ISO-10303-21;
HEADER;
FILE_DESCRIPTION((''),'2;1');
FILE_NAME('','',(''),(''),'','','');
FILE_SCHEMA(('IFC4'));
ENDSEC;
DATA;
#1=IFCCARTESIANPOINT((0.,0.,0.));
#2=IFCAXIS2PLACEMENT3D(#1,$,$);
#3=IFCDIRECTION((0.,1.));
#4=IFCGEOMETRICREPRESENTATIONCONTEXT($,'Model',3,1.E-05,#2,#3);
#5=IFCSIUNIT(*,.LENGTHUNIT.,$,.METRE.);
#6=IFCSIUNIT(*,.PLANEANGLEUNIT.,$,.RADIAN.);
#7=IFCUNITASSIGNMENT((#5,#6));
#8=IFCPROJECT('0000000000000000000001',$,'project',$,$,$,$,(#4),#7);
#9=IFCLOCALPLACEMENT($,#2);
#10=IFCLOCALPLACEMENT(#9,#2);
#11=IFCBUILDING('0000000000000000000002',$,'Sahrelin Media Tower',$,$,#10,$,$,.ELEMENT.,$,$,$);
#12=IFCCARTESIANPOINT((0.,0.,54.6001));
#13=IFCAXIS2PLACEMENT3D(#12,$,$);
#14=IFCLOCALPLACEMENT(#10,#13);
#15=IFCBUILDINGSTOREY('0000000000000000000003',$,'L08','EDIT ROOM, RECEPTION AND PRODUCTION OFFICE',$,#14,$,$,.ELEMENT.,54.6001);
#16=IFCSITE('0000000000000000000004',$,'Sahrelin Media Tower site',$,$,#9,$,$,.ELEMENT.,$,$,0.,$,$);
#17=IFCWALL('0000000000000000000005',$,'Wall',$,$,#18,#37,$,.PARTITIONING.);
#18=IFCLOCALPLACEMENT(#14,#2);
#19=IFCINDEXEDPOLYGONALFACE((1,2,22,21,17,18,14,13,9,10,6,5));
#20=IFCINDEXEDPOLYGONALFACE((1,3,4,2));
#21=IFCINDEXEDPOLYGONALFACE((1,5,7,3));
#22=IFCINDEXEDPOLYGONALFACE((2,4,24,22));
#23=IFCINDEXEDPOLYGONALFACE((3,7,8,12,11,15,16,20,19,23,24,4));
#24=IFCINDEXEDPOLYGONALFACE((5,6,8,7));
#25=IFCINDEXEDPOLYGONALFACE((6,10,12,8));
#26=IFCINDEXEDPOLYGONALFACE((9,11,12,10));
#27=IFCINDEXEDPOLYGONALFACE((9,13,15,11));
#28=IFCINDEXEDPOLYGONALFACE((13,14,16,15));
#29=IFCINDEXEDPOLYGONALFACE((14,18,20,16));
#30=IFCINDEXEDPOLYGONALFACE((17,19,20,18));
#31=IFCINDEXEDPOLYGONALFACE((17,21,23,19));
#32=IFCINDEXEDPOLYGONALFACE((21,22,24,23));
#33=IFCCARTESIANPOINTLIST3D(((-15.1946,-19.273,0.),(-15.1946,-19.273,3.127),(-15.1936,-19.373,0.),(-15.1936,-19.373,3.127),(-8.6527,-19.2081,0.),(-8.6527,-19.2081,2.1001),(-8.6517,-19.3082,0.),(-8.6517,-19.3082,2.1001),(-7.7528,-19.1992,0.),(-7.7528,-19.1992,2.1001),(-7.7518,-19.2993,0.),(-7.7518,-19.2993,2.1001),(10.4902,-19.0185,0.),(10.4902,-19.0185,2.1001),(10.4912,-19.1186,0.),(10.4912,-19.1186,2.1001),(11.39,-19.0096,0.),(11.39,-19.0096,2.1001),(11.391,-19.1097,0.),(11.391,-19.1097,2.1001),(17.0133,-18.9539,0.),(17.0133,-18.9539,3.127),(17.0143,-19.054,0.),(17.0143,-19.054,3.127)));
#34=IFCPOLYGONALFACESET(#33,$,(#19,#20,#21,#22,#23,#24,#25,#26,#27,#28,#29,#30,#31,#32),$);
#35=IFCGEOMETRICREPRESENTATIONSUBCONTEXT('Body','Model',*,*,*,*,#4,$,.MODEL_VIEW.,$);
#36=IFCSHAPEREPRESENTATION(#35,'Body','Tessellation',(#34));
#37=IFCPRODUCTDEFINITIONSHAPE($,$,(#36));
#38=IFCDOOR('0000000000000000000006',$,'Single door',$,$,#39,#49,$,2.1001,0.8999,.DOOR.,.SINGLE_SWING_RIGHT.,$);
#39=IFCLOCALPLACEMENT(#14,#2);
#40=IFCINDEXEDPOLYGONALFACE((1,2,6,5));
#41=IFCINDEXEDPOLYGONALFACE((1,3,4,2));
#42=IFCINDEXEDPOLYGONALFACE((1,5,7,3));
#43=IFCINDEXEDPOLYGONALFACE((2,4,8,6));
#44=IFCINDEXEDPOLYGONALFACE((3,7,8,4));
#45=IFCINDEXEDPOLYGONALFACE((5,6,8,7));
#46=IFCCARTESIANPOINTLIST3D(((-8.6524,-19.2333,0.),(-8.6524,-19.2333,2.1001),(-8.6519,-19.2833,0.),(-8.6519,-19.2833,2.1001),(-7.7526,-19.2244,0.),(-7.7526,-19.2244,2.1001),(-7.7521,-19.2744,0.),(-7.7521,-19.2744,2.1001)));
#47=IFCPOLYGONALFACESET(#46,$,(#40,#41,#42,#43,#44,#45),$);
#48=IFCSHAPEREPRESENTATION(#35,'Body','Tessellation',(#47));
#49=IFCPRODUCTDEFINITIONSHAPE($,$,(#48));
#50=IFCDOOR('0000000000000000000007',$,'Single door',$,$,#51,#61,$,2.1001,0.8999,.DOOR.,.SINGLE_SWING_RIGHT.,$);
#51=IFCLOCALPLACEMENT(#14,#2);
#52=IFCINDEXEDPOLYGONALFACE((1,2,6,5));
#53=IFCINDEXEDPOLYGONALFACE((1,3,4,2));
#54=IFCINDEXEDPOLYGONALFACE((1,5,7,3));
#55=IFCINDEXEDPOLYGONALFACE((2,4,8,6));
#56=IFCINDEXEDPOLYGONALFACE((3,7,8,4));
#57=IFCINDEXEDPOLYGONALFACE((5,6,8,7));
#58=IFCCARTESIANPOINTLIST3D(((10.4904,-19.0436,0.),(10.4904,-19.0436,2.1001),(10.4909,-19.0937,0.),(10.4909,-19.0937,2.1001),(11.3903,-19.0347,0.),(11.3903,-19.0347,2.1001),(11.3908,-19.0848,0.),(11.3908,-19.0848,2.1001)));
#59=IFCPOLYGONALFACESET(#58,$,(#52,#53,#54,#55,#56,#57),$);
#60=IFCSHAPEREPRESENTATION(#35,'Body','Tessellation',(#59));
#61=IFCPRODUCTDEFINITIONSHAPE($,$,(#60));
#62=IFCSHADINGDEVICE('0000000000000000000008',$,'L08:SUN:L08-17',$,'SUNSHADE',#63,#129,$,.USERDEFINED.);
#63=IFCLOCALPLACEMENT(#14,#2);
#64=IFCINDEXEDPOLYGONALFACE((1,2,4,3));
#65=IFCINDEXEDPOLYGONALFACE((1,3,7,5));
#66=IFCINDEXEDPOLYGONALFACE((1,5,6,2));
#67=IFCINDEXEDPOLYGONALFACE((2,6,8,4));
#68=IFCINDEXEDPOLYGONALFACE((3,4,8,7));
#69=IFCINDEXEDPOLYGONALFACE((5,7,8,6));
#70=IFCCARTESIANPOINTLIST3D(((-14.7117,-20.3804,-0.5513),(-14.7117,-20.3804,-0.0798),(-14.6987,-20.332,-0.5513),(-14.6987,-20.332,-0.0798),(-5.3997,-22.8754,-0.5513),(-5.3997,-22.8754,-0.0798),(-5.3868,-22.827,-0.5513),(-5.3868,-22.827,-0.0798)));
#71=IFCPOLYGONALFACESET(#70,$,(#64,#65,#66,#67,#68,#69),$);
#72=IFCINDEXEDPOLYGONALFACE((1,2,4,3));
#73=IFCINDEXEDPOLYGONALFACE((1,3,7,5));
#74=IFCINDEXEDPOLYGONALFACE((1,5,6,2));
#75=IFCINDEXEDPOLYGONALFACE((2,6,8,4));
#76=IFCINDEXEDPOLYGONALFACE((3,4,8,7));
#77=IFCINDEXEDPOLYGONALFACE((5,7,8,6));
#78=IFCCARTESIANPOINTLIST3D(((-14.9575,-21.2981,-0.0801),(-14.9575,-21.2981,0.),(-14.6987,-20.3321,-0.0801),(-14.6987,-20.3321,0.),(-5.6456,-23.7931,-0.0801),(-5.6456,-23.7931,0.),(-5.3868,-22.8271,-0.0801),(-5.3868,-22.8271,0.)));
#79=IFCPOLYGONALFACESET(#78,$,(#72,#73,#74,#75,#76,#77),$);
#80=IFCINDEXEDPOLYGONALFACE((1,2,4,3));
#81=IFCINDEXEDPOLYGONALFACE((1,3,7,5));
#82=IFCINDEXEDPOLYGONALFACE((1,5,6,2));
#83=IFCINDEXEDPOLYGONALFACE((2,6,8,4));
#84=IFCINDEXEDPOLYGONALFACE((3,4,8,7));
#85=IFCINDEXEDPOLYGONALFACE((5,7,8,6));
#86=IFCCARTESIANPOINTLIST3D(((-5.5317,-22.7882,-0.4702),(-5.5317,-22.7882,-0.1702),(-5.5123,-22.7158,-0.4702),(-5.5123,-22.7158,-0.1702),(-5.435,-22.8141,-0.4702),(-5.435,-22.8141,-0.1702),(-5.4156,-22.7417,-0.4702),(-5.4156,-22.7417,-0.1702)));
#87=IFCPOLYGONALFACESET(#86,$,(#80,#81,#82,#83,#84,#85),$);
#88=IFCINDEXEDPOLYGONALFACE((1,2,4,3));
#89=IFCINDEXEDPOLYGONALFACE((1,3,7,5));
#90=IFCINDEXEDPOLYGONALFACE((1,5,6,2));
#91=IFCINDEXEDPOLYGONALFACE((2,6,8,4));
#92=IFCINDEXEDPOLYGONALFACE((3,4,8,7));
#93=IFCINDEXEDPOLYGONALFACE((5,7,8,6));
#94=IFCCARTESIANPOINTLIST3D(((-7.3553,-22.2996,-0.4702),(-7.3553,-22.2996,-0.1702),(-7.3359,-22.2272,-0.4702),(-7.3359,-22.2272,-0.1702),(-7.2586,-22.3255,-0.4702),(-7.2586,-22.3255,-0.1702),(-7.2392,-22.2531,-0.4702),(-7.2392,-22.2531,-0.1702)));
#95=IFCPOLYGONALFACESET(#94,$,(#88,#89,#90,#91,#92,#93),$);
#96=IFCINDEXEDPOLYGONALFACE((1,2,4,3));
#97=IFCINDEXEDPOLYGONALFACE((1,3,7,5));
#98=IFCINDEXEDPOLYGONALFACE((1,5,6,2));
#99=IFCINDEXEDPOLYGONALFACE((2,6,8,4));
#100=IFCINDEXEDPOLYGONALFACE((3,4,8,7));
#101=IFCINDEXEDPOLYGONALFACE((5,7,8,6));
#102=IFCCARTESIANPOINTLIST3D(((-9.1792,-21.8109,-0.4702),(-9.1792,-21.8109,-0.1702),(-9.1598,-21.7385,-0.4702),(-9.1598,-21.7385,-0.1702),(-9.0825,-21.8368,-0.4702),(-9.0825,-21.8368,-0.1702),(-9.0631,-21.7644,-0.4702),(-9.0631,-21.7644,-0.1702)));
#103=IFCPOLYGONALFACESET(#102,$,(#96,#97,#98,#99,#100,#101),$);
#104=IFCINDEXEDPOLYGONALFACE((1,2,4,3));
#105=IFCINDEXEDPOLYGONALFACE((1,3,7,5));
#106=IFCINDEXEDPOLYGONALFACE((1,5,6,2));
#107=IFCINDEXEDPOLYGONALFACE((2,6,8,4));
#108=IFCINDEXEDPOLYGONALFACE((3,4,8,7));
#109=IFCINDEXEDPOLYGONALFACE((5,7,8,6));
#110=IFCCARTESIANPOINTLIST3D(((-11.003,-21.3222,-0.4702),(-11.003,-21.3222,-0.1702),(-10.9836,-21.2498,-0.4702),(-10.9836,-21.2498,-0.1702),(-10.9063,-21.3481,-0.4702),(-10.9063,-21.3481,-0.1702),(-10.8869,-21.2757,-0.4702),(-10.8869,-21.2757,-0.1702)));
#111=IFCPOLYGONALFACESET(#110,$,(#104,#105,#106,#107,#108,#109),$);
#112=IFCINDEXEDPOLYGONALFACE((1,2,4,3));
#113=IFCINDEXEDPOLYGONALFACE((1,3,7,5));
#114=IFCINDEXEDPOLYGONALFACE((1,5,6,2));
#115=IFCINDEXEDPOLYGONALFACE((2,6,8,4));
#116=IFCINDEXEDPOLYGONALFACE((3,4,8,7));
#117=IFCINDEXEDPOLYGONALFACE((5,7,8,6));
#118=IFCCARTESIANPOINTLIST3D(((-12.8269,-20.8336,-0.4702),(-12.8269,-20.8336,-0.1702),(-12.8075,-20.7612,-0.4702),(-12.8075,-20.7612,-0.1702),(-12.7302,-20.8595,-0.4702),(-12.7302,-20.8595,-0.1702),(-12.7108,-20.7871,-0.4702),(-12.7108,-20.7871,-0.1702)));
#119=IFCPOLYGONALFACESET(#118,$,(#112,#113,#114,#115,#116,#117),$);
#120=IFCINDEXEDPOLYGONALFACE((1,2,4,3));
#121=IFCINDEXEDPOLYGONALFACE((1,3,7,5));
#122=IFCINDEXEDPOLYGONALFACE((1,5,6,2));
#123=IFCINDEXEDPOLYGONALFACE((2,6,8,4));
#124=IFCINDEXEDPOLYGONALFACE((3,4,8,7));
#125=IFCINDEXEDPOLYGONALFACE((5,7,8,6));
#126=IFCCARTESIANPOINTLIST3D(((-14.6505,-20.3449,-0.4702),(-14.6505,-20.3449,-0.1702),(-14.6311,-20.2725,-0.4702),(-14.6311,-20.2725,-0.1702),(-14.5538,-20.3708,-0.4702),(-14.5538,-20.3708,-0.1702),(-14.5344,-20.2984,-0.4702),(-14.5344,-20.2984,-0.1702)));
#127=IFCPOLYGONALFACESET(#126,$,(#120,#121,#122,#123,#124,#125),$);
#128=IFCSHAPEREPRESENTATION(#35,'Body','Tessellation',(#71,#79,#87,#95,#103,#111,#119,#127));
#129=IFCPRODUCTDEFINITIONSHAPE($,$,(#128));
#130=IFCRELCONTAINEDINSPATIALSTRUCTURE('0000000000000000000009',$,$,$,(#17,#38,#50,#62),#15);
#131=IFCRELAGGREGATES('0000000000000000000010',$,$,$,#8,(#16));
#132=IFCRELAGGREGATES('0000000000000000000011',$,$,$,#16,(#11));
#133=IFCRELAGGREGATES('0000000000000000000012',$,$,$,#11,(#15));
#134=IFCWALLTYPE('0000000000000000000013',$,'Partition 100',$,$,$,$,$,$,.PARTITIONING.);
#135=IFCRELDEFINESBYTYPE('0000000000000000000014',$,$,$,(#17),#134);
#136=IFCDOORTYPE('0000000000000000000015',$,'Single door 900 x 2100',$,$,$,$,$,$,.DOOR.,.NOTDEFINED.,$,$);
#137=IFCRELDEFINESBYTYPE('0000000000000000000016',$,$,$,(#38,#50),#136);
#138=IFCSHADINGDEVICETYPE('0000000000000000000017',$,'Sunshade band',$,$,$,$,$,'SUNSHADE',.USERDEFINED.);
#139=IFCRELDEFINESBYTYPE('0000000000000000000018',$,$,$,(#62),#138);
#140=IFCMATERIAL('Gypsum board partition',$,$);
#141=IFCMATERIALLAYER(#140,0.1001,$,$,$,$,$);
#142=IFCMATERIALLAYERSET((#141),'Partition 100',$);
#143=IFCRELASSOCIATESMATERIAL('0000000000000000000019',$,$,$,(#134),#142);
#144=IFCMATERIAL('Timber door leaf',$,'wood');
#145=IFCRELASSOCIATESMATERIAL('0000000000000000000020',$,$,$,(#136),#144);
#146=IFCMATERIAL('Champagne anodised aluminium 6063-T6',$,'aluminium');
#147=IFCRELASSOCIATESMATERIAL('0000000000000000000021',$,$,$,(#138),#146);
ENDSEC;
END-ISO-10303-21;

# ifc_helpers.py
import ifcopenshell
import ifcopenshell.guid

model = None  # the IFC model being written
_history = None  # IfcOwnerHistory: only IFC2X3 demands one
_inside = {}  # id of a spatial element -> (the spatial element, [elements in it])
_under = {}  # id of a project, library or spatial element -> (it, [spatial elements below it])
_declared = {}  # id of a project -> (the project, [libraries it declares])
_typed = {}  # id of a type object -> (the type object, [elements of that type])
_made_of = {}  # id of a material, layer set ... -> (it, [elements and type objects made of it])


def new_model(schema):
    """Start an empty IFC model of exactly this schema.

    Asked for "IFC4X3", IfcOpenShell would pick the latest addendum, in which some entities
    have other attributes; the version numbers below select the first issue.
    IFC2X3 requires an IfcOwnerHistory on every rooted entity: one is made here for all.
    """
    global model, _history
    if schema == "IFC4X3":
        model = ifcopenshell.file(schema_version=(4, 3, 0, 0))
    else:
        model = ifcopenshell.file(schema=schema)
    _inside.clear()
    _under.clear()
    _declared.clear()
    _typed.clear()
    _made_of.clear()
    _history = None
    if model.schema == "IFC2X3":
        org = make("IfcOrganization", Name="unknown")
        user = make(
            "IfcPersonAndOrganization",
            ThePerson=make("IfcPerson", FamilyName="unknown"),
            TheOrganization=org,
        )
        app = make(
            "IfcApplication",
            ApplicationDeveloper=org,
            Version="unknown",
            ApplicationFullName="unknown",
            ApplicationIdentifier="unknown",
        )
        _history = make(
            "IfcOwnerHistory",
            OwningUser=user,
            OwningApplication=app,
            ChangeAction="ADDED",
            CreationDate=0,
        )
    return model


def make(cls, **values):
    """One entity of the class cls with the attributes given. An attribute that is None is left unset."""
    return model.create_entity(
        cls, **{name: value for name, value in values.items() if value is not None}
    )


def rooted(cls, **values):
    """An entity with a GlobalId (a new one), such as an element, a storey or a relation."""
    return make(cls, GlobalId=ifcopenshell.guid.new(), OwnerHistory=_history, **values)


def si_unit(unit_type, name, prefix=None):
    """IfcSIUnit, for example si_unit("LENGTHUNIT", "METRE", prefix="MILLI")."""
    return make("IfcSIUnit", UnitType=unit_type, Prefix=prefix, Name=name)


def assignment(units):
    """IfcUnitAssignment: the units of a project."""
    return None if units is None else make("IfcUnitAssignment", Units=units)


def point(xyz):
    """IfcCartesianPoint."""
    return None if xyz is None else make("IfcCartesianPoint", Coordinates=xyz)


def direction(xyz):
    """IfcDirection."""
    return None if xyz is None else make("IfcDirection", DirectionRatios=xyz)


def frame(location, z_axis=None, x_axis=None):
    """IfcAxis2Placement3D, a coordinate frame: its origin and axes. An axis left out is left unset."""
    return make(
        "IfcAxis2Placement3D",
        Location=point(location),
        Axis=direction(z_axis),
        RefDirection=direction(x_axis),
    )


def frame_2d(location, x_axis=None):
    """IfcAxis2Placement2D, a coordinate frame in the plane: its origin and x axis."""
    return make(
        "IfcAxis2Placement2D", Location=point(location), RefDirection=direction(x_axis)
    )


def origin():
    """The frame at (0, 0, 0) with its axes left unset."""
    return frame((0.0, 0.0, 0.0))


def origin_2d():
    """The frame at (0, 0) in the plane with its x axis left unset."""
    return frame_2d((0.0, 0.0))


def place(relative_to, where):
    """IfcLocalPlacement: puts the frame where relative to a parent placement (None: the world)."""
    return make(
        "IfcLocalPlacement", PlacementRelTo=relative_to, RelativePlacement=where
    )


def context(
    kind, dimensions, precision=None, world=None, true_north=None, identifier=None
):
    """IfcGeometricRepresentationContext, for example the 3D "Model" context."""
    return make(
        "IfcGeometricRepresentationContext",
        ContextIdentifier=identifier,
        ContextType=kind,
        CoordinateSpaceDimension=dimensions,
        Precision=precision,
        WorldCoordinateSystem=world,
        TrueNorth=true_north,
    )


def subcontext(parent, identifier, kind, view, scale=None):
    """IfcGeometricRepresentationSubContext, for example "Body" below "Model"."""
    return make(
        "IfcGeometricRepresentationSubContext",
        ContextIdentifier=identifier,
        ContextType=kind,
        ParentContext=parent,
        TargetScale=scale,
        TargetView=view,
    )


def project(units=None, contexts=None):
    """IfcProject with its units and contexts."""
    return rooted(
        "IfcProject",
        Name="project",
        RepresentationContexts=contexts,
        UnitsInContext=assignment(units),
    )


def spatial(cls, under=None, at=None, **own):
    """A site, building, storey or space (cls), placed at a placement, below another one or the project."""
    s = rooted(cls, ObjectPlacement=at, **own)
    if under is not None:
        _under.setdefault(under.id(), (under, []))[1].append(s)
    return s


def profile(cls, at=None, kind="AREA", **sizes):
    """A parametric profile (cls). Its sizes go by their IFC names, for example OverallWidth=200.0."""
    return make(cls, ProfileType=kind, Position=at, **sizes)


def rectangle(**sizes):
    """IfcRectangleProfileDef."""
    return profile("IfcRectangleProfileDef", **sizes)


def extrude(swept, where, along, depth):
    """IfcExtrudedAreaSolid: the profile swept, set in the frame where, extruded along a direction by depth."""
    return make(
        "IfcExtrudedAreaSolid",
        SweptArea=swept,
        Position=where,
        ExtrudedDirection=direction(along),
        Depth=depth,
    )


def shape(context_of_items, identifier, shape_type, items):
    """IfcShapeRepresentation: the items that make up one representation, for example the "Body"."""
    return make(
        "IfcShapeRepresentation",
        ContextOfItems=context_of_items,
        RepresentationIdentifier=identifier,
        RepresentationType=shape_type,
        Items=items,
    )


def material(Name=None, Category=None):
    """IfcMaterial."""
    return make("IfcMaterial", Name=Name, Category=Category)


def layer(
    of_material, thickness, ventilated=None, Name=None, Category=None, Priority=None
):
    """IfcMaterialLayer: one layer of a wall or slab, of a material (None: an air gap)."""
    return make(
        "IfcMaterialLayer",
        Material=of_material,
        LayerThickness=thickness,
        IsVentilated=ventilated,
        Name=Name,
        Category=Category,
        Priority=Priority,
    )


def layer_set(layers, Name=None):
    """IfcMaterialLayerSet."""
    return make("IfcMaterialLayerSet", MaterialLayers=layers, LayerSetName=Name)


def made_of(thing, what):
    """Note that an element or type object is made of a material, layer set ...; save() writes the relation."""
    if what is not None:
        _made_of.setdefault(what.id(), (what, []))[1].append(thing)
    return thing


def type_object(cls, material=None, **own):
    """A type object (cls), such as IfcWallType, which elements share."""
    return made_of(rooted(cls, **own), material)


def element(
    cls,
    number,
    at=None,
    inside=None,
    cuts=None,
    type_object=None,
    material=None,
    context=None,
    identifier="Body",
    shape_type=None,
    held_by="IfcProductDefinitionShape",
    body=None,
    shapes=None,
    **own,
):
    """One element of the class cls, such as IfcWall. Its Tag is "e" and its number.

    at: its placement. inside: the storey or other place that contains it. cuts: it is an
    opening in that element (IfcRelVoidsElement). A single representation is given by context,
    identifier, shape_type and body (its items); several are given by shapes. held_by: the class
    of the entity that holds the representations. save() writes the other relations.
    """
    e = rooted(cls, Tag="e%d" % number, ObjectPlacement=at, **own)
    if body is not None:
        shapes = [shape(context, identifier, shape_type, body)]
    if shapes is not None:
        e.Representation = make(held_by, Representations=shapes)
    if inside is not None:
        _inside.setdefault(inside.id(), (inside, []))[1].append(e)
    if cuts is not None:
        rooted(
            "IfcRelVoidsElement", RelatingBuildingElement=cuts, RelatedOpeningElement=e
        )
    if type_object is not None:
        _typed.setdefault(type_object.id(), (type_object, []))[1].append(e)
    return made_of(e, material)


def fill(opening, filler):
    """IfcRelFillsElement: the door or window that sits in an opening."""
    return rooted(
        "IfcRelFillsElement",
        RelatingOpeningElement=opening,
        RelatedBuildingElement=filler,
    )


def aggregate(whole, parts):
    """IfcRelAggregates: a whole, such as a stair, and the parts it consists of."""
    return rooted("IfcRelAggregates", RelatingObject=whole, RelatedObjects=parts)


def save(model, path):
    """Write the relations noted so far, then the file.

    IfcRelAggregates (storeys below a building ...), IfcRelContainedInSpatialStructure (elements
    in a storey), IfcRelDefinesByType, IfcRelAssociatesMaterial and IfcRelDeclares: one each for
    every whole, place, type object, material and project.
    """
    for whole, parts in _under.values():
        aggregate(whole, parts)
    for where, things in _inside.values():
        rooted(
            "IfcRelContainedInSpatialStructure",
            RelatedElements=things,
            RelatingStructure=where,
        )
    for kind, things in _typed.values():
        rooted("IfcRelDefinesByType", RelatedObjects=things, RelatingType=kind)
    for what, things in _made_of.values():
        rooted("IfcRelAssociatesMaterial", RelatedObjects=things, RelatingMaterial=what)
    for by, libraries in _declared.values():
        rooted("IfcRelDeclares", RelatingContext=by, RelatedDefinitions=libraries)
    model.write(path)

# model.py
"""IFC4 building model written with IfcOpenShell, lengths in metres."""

from ifc_helpers import new_model, si_unit, direction, frame, frame_2d, origin, origin_2d, place, context, subcontext, project, spatial, rectangle, extrude, material, layer, layer_set, type_object, element, fill, save


model = new_model("IFC4")

# Units and contexts
model_context = context("Model", 3, precision=1e-05, world=origin(), true_north=direction((0.0, 1.0)))
body_context = subcontext(model_context, "Body", "Model", "MODEL_VIEW")
ifc_project = project(units=[si_unit("LENGTHUNIT", "METRE"), si_unit("PLANEANGLEUNIT", "RADIAN")], contexts=[model_context])

# Site, building, storey
site_placement = place(None, origin())
site = spatial("IfcSite", under=ifc_project, at=site_placement, Name="Sahrelin Media Tower site", CompositionType="ELEMENT", RefElevation=0.0)
building_placement = place(site_placement, origin())
building = spatial("IfcBuilding", under=site, at=building_placement, Name="Sahrelin Media Tower", CompositionType="ELEMENT")
storey_placement = place(building_placement, frame((0.0, 0.0, 54.6001)))
storey = spatial("IfcBuildingStorey", under=building, at=storey_placement, Name="L08", Description="EDIT ROOM, RECEPTION AND PRODUCTION OFFICE", CompositionType="ELEMENT", Elevation=54.6001)

# Shared definitions
ifc_material_1 = material(Name="Champagne anodised aluminium 6063-T6", Category="aluminium")

# Wall, openings, doors
ifc_material_2 = material(Name="Gypsum board partition")
ifc_layer_1 = layer(ifc_material_2, 0.1001)
ifc_layer_set_1 = layer_set([ifc_layer_1], Name="Partition 100")
wall_type_1 = type_object("IfcWallType", Name="Partition 100", PredefinedType="PARTITIONING", material=ifc_layer_set_1)
wall_1_placement = place(storey_placement, frame((-15.1941, -19.323, 0.0), z_axis=(0.0, 0.0, 1.0), x_axis=(0.999951, 0.009907, 0.0)))
wall_1 = element("IfcWall", 1, at=wall_1_placement, inside=storey, type_object=wall_type_1, Name="Wall", PredefinedType="PARTITIONING", context=body_context, shape_type="SweptSolid", body=[
    extrude(rectangle(XDim=32.2095, YDim=0.1001, at=frame_2d((16.1047, 0.0))), origin(), (0.0, 0.0, 1.0), 3.127),
])
opening_1_placement = place(wall_1_placement, frame((6.5422, 0.0, 0.0)))
opening_1 = element("IfcOpeningElement", 2, at=opening_1_placement, cuts=wall_1, PredefinedType="OPENING", context=body_context, shape_type="SweptSolid", body=[
    extrude(rectangle(XDim=0.8999, YDim=2.1001, at=frame_2d((0.45, 1.05))), frame((0.0, 0.05, 0.0), z_axis=(0.0, -1.0, 0.0), x_axis=(1.0, 0.0, 0.0)), (0.0, 0.0, 1.0), 0.1001),
])
opening_2_placement = place(wall_1_placement, frame((25.686, 0.0, 0.0)))
opening_2 = element("IfcOpeningElement", 3, at=opening_2_placement, cuts=wall_1, PredefinedType="OPENING", context=body_context, shape_type="SweptSolid", body=[
    extrude(rectangle(XDim=0.8999, YDim=2.1001, at=frame_2d((0.45, 1.05))), frame((0.0, 0.05, 0.0), z_axis=(0.0, -1.0, 0.0), x_axis=(1.0, 0.0, 0.0)), (0.0, 0.0, 1.0), 0.1001),
])
ifc_material_3 = material(Name="Timber door leaf", Category="wood")
door_type_1 = type_object("IfcDoorType", Name="Single door 900 x 2100", OperationType="NOTDEFINED", PredefinedType="DOOR", material=ifc_material_3)
door_1_placement = place(opening_1_placement, origin())
door_1 = element("IfcDoor", 4, at=door_1_placement, inside=storey, type_object=door_type_1, Name="Single door", OperationType="SINGLE_SWING_RIGHT", OverallHeight=2.1001, OverallWidth=0.8999, PredefinedType="DOOR", context=body_context, shape_type="SweptSolid", body=[
    extrude(rectangle(XDim=0.8999, YDim=2.1001, at=frame_2d((0.45, 1.05))), frame((0.0, 0.0249, 0.0), z_axis=(0.0, -1.0, 0.0), x_axis=(1.0, 0.0, 0.0)), (0.0, 0.0, 1.0), 0.05),
])
fill(opening_1, door_1)
door_2_placement = place(opening_2_placement, origin())
door_2 = element("IfcDoor", 5, at=door_2_placement, inside=storey, type_object=door_type_1, Name="Single door", OperationType="SINGLE_SWING_RIGHT", OverallHeight=2.1001, OverallWidth=0.8999, PredefinedType="DOOR", context=body_context, shape_type="SweptSolid", body=[
    extrude(rectangle(XDim=0.8999, YDim=2.1001, at=frame_2d((0.45, 1.05))), frame((0.0, 0.0249, 0.0), z_axis=(0.0, -1.0, 0.0), x_axis=(1.0, 0.0, 0.0)), (0.0, 0.0, 1.0), 0.05),
])
fill(opening_2, door_2)

# Shading device
shading_device_type = type_object("IfcShadingDeviceType", Name="Sunshade band", ElementType="SUNSHADE", PredefinedType="USERDEFINED", material=ifc_material_1)
shading_device_placement = place(storey_placement, frame((-10.0376, -21.5603, 0.0), z_axis=(0.0, 0.0, 1.0), x_axis=(-0.965929, 0.258808, 0.0)))
element("IfcShadingDevice", 6, at=shading_device_placement, inside=storey, type_object=shading_device_type, Name="L08:SUN:L08-17", ObjectType="SUNSHADE", PredefinedType="USERDEFINED", context=body_context, shape_type="SweptSolid", body=[
    extrude(rectangle(XDim=9.6404, YDim=0.05, at=origin_2d()), frame((0.0, 0.0449, -0.5513)), (0.0, 0.0, 1.0), 0.4714),
    extrude(rectangle(XDim=9.6404, YDim=1.0, at=origin_2d()), frame((0.0, 0.52, -0.0801)), (0.0, 0.0, 1.0), 0.0801),
    extrude(rectangle(XDim=0.1001, YDim=0.075, at=origin_2d()), frame((-4.7202, -0.0176, -0.4702)), (0.0, 0.0, 1.0), 0.3),
    extrude(rectangle(XDim=0.1001, YDim=0.075, at=origin_2d()), frame((-2.8323, -0.0176, -0.4702)), (0.0, 0.0, 1.0), 0.3),
    extrude(rectangle(XDim=0.1001, YDim=0.075, at=origin_2d()), frame((-0.9441, -0.0176, -0.4702)), (0.0, 0.0, 1.0), 0.3),
    extrude(rectangle(XDim=0.1001, YDim=0.075, at=origin_2d()), frame((0.9441, -0.0176, -0.4702)), (0.0, 0.0, 1.0), 0.3),
    extrude(rectangle(XDim=0.1001, YDim=0.075, at=origin_2d()), frame((2.8323, -0.0176, -0.4702)), (0.0, 0.0, 1.0), 0.3),
    extrude(rectangle(XDim=0.1001, YDim=0.075, at=origin_2d()), frame((4.7202, -0.0176, -0.4702)), (0.0, 0.0, 1.0), 0.3),
])

save(model, "model.ifc")
